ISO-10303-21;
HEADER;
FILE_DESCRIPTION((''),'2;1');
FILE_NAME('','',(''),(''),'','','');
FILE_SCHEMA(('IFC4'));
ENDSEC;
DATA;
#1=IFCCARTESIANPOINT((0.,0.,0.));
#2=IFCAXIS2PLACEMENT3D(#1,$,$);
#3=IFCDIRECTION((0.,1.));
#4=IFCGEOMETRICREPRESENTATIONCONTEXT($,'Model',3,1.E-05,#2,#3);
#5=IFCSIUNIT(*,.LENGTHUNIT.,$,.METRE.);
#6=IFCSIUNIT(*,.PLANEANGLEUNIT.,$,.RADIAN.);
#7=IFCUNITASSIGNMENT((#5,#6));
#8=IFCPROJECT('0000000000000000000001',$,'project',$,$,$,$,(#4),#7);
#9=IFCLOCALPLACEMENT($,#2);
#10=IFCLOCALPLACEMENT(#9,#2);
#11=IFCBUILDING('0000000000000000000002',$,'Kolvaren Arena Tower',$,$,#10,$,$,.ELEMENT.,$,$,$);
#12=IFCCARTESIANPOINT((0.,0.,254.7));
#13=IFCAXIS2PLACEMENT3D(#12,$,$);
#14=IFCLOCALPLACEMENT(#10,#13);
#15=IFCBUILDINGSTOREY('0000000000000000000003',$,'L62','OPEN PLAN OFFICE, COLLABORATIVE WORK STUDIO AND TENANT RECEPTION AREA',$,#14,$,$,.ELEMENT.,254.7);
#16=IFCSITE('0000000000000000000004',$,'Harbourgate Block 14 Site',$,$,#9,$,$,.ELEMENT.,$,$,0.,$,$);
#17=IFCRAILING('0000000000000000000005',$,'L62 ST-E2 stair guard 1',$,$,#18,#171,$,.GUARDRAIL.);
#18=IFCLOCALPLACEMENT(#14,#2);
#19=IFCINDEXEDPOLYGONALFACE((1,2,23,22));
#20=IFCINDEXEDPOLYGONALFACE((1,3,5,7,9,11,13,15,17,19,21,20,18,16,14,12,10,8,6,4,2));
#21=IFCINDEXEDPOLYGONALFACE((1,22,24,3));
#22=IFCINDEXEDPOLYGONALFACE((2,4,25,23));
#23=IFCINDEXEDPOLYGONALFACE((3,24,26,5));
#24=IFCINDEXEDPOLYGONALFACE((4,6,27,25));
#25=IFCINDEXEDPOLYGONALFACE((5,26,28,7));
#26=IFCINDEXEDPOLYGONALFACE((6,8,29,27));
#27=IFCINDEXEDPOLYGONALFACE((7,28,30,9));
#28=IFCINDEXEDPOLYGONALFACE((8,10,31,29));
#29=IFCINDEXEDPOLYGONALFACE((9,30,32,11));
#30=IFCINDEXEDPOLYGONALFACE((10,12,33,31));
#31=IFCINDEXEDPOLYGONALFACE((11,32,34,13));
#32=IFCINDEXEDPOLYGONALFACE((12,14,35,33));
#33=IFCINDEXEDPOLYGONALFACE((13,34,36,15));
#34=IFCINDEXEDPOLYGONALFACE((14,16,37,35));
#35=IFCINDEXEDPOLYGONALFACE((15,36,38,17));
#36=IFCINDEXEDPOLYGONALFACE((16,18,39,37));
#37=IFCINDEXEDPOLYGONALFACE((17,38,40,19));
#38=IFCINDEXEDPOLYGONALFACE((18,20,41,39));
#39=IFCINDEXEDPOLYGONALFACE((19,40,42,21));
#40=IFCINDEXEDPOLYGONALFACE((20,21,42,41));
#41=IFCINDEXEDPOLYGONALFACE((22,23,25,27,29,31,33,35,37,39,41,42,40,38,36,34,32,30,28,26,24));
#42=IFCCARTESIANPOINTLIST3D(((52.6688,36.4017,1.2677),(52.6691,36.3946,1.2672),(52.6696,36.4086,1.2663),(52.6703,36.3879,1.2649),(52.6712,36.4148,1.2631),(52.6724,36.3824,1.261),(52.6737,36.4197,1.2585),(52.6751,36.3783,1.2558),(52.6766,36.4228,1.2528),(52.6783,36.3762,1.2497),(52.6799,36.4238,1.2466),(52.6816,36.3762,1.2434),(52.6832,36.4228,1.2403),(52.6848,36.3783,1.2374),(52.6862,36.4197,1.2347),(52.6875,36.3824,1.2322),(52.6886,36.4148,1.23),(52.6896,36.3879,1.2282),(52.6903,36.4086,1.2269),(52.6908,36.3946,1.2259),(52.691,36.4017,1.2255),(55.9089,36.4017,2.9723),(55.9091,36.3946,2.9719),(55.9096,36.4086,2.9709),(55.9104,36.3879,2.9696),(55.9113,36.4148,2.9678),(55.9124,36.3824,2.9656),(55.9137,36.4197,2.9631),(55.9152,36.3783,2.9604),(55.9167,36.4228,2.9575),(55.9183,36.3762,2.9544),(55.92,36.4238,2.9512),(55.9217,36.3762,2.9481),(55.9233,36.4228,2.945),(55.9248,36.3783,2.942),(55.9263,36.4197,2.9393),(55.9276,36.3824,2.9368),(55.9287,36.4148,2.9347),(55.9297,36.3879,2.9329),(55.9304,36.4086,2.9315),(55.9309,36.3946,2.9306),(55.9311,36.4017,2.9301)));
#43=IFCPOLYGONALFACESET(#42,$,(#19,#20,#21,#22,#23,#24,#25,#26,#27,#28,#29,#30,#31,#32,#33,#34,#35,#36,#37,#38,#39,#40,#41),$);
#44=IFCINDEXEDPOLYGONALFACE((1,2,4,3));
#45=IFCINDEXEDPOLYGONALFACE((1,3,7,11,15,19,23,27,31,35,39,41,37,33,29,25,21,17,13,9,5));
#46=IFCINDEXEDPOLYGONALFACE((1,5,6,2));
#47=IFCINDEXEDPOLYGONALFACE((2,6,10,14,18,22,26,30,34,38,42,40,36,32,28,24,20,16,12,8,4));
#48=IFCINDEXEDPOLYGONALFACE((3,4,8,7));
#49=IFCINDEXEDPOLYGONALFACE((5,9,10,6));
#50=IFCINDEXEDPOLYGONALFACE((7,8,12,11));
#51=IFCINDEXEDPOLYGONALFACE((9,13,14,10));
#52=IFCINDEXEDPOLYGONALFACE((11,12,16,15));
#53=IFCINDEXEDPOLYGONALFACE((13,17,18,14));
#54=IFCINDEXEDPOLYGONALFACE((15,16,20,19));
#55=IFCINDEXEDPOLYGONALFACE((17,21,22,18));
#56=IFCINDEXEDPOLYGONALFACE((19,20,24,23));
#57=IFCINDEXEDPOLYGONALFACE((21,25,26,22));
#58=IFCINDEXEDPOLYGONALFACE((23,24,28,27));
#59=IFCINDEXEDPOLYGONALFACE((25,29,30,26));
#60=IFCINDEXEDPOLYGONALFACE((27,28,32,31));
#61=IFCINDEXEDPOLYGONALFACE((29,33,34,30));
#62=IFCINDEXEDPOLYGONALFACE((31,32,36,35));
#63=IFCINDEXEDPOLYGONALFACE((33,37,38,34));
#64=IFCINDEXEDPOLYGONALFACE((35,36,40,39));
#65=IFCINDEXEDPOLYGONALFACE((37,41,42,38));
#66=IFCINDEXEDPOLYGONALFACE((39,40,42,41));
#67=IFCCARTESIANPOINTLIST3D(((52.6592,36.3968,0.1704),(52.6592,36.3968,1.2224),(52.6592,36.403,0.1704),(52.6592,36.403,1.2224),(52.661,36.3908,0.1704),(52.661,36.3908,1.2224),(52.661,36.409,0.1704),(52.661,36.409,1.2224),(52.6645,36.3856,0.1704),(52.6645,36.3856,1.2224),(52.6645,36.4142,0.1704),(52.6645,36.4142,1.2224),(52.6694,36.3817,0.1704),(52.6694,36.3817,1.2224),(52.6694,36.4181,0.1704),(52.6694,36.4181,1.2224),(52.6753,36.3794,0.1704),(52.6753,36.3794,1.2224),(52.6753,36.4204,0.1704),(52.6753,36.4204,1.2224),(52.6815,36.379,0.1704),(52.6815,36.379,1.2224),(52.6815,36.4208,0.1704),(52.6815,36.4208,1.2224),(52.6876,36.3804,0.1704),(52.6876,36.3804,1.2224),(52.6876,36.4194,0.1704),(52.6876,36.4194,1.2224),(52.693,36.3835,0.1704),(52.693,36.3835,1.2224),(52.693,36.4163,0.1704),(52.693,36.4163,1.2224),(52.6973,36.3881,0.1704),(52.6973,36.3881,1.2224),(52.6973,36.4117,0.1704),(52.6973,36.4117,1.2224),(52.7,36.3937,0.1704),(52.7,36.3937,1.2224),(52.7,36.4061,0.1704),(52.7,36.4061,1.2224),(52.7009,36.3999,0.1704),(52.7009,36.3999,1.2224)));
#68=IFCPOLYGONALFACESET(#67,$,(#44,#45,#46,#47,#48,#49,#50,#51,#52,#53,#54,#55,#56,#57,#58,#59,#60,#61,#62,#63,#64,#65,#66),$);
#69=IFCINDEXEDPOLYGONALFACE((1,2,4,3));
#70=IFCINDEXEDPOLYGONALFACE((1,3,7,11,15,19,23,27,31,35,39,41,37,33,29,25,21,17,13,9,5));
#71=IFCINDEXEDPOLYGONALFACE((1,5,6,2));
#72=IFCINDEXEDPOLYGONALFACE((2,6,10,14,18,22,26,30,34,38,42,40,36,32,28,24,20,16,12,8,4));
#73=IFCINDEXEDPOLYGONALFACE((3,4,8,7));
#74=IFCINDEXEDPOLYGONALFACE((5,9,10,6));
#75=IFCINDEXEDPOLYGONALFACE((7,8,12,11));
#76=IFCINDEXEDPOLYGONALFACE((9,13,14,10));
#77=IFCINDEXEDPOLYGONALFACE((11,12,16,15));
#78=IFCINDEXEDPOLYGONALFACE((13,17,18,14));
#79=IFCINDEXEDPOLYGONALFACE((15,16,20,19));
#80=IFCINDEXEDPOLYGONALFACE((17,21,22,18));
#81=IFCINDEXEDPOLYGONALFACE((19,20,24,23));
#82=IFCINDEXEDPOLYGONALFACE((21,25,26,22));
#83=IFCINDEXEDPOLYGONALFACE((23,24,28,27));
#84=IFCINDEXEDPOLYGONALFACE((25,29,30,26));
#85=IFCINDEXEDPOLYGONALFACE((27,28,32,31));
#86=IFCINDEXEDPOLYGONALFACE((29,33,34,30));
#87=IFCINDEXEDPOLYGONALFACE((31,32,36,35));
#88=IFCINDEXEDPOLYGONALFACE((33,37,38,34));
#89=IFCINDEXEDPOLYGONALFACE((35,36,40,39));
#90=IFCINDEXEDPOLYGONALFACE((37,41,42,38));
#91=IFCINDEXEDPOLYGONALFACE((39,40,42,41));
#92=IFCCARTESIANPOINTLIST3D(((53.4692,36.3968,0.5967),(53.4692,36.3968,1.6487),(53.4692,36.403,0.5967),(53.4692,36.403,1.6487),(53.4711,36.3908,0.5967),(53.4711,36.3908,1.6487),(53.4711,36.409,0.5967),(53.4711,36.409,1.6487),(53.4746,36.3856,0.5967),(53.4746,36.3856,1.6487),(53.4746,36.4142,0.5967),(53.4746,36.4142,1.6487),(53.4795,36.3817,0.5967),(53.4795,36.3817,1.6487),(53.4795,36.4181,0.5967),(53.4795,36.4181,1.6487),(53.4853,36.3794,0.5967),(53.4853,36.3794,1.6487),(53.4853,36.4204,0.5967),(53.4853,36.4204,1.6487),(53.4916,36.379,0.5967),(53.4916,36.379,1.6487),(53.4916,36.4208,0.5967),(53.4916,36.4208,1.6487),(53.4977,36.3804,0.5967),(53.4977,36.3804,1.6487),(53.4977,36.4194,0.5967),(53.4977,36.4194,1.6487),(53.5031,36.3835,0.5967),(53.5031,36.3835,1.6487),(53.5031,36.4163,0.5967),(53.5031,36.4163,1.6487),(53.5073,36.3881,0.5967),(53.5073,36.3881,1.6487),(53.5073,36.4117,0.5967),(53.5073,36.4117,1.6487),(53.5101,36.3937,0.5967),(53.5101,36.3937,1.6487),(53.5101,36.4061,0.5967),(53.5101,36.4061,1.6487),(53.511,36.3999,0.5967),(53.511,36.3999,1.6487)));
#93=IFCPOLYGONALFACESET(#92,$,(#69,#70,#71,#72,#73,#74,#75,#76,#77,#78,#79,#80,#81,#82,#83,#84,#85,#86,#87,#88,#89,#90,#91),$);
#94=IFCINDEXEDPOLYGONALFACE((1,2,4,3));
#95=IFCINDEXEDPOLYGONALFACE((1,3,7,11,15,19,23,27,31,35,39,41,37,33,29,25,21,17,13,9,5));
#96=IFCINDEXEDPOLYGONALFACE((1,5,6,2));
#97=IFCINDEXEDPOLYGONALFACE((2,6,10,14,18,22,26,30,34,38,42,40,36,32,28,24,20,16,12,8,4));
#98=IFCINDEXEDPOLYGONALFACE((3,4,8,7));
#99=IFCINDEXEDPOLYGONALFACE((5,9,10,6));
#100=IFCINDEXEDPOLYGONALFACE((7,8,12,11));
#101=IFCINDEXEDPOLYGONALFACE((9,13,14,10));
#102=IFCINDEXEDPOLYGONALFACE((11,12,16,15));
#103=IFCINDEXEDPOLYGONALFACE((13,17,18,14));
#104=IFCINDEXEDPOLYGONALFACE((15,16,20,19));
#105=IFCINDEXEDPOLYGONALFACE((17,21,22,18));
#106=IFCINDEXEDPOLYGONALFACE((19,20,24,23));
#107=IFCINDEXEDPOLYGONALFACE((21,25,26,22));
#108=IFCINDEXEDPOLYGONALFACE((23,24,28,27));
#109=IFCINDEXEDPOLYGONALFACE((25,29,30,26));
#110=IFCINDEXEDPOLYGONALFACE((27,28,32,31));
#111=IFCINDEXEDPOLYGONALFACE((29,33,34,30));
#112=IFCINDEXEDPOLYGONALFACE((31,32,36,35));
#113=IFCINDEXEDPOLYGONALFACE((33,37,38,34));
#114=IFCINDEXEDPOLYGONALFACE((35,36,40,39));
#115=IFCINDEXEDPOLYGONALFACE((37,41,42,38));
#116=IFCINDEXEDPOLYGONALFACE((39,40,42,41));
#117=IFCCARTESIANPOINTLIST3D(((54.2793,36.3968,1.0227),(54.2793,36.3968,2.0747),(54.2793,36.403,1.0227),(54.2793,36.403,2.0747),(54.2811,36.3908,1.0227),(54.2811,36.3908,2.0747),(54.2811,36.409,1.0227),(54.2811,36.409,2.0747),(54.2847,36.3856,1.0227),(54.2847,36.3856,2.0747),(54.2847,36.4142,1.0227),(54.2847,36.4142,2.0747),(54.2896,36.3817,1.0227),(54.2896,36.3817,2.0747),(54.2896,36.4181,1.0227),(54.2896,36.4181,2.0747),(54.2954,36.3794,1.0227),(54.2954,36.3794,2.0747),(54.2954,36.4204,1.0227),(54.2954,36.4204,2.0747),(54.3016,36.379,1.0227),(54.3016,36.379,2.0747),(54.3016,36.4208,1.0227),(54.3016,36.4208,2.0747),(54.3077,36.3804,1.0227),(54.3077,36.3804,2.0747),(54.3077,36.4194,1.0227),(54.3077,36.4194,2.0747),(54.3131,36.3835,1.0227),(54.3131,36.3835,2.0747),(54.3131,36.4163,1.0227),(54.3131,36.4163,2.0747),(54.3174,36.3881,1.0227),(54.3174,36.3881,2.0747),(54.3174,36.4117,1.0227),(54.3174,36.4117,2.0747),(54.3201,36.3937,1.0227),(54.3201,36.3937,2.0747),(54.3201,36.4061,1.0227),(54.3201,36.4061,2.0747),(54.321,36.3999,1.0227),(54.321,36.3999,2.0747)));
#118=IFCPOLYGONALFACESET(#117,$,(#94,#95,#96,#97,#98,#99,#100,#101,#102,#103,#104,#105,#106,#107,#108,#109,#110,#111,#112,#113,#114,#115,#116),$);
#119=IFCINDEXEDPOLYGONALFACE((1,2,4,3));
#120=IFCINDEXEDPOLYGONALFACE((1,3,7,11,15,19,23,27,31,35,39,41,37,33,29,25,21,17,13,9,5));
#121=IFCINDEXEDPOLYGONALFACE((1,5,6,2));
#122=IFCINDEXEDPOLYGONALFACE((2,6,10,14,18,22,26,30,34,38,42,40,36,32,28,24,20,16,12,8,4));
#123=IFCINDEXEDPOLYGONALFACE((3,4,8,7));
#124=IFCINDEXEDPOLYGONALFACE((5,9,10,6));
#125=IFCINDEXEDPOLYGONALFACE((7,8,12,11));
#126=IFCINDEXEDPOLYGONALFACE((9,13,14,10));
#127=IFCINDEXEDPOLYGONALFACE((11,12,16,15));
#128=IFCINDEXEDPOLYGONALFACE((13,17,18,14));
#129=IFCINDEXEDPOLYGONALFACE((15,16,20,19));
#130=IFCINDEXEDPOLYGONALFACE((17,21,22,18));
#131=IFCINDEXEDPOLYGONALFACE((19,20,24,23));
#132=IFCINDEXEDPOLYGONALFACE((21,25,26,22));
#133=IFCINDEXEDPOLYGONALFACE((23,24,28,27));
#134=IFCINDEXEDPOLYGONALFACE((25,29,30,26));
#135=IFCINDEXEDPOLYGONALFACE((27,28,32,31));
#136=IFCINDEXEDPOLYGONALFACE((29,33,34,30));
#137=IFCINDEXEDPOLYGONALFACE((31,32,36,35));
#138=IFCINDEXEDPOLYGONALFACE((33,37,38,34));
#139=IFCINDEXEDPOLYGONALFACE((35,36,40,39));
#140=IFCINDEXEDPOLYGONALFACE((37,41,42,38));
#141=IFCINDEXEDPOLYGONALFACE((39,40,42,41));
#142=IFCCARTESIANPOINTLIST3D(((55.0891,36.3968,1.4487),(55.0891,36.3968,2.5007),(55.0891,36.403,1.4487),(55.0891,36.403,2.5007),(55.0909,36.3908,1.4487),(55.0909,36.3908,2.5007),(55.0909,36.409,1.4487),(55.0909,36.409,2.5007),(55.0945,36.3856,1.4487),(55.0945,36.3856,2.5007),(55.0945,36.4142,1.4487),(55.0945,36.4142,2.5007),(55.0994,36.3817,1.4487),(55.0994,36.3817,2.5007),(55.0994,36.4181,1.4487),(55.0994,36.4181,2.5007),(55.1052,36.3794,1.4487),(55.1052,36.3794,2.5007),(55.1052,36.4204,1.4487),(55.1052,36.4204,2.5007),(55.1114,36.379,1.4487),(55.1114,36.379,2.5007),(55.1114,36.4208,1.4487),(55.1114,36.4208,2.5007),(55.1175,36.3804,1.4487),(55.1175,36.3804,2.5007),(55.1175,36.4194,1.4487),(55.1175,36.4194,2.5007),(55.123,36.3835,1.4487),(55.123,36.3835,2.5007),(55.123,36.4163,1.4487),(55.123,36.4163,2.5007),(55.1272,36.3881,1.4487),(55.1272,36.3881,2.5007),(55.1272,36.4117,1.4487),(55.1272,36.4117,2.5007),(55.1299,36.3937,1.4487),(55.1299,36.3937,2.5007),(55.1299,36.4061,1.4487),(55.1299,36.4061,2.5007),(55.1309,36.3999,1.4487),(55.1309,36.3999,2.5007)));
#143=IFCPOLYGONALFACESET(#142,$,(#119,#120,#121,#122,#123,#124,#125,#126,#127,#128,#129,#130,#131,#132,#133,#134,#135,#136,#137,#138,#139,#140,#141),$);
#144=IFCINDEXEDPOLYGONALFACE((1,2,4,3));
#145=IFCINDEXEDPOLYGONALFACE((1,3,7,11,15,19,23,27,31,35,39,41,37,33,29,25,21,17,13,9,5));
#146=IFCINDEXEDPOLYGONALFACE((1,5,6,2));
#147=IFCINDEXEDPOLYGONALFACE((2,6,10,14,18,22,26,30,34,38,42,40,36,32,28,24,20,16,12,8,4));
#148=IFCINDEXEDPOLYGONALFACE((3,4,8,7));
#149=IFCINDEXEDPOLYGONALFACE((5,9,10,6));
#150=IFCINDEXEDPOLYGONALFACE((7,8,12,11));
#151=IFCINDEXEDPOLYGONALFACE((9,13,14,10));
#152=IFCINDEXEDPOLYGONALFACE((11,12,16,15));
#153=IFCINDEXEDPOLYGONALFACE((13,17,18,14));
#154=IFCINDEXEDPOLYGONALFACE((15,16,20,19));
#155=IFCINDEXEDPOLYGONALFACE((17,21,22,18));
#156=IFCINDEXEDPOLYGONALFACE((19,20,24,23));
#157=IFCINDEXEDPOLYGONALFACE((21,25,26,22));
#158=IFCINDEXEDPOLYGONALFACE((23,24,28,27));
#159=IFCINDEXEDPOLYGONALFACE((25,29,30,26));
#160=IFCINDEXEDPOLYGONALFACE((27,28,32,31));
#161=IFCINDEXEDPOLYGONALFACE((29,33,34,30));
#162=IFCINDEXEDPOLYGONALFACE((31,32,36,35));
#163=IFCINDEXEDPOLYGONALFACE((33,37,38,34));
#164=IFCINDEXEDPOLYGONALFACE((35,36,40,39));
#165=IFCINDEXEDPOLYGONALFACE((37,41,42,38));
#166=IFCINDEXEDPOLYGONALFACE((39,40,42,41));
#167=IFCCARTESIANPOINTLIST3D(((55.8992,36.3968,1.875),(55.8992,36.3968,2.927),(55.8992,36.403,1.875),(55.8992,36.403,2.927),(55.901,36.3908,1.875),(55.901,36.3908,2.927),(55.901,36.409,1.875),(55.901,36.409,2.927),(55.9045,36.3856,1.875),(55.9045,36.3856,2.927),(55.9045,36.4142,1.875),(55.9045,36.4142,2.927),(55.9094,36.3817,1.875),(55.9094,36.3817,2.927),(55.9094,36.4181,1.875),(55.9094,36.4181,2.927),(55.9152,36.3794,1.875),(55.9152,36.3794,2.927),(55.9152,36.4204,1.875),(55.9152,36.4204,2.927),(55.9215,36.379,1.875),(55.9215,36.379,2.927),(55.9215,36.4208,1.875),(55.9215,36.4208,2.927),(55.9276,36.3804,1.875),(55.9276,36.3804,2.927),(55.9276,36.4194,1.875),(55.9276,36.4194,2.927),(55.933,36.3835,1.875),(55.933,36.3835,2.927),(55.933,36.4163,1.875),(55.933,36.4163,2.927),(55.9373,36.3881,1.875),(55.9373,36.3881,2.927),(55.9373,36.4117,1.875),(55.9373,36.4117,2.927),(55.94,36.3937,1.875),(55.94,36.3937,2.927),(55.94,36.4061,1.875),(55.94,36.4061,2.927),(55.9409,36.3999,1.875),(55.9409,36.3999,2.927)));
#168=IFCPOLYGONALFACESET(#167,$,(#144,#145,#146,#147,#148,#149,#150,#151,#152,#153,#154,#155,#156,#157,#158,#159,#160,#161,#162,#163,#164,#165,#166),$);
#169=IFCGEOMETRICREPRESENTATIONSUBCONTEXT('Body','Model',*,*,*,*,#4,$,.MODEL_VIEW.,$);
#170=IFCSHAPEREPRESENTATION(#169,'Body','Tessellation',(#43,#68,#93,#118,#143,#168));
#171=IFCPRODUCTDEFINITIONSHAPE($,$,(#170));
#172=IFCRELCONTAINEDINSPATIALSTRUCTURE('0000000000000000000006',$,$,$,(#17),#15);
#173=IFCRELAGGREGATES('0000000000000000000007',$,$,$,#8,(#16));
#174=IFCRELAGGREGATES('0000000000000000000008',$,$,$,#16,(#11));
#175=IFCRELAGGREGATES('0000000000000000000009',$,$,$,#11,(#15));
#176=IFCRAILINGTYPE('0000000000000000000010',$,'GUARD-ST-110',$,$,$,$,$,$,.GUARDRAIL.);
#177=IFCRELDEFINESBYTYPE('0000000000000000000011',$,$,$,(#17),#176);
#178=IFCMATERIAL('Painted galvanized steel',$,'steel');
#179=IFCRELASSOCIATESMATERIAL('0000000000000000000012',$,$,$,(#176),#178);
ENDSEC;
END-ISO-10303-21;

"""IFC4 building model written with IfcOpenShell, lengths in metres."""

from ifc_helpers import new_model, si_unit, direction, frame, origin, origin_2d, place, context, subcontext, project, spatial, circle, extrude, material, type_object, element, save


model = new_model("IFC4")

# Units and contexts
model_context = context("Model", 3, precision=1e-05, world=origin(), true_north=direction((0.0, 1.0)))
body_context = subcontext(model_context, "Body", "Model", "MODEL_VIEW")
ifc_project = project(units=[si_unit("LENGTHUNIT", "METRE"), si_unit("PLANEANGLEUNIT", "RADIAN")], contexts=[model_context])

# Site, building, storey
site_placement = place(None, origin())
site = spatial("IfcSite", under=ifc_project, at=site_placement, Name="Harbourgate Block 14 Site", CompositionType="ELEMENT", RefElevation=0.0)
building_placement = place(site_placement, origin())
building = spatial("IfcBuilding", under=site, at=building_placement, Name="Kolvaren Arena Tower", CompositionType="ELEMENT")
storey_placement = place(building_placement, frame((0.0, 0.0, 254.7)))
storey = spatial("IfcBuildingStorey", under=building, at=storey_placement, Name="L62", Description="OPEN PLAN OFFICE, COLLABORATIVE WORK STUDIO AND TENANT RECEPTION AREA", CompositionType="ELEMENT", Elevation=254.7)

# Railing
ifc_material_1 = material(Name="Painted galvanized steel", Category="steel")
railing_type = type_object("IfcRailingType", Name="GUARD-ST-110", PredefinedType="GUARDRAIL", material=ifc_material_1)
railing_1_placement = place(storey_placement, frame((52.6799, 36.3999, 0.1704)))
element("IfcRailing", 1, at=railing_1_placement, inside=storey, type_object=railing_type, Name="L62 ST-E2 stair guard 1", PredefinedType="GUARDRAIL", context=body_context, shape_type="SweptSolid", body=[
    extrude(circle(Radius=0.0239, at=origin_2d()), frame((0.0, 0.0, 1.0762), z_axis=(0.884993, 0.0, 0.465604), x_axis=(0.0, 1.0, 0.0)), (0.0, 0.0, 1.0), 3.6611),
    extrude(circle(Radius=0.021, at=origin_2d()), origin(), (0.0, 0.0, 1.0), 1.052),
    extrude(circle(Radius=0.021, at=origin_2d()), frame((0.8101, 0.0, 0.4263)), (0.0, 0.0, 1.0), 1.052),
    extrude(circle(Radius=0.021, at=origin_2d()), frame((1.6201, 0.0, 0.8523)), (0.0, 0.0, 1.0), 1.052),
    extrude(circle(Radius=0.021, at=origin_2d()), frame((2.4299, 0.0, 1.2783)), (0.0, 0.0, 1.0), 1.052),
    extrude(circle(Radius=0.021, at=origin_2d()), frame((3.24, 0.0, 1.7046)), (0.0, 0.0, 1.0), 1.052),
])

save(model, "model.ifc")
